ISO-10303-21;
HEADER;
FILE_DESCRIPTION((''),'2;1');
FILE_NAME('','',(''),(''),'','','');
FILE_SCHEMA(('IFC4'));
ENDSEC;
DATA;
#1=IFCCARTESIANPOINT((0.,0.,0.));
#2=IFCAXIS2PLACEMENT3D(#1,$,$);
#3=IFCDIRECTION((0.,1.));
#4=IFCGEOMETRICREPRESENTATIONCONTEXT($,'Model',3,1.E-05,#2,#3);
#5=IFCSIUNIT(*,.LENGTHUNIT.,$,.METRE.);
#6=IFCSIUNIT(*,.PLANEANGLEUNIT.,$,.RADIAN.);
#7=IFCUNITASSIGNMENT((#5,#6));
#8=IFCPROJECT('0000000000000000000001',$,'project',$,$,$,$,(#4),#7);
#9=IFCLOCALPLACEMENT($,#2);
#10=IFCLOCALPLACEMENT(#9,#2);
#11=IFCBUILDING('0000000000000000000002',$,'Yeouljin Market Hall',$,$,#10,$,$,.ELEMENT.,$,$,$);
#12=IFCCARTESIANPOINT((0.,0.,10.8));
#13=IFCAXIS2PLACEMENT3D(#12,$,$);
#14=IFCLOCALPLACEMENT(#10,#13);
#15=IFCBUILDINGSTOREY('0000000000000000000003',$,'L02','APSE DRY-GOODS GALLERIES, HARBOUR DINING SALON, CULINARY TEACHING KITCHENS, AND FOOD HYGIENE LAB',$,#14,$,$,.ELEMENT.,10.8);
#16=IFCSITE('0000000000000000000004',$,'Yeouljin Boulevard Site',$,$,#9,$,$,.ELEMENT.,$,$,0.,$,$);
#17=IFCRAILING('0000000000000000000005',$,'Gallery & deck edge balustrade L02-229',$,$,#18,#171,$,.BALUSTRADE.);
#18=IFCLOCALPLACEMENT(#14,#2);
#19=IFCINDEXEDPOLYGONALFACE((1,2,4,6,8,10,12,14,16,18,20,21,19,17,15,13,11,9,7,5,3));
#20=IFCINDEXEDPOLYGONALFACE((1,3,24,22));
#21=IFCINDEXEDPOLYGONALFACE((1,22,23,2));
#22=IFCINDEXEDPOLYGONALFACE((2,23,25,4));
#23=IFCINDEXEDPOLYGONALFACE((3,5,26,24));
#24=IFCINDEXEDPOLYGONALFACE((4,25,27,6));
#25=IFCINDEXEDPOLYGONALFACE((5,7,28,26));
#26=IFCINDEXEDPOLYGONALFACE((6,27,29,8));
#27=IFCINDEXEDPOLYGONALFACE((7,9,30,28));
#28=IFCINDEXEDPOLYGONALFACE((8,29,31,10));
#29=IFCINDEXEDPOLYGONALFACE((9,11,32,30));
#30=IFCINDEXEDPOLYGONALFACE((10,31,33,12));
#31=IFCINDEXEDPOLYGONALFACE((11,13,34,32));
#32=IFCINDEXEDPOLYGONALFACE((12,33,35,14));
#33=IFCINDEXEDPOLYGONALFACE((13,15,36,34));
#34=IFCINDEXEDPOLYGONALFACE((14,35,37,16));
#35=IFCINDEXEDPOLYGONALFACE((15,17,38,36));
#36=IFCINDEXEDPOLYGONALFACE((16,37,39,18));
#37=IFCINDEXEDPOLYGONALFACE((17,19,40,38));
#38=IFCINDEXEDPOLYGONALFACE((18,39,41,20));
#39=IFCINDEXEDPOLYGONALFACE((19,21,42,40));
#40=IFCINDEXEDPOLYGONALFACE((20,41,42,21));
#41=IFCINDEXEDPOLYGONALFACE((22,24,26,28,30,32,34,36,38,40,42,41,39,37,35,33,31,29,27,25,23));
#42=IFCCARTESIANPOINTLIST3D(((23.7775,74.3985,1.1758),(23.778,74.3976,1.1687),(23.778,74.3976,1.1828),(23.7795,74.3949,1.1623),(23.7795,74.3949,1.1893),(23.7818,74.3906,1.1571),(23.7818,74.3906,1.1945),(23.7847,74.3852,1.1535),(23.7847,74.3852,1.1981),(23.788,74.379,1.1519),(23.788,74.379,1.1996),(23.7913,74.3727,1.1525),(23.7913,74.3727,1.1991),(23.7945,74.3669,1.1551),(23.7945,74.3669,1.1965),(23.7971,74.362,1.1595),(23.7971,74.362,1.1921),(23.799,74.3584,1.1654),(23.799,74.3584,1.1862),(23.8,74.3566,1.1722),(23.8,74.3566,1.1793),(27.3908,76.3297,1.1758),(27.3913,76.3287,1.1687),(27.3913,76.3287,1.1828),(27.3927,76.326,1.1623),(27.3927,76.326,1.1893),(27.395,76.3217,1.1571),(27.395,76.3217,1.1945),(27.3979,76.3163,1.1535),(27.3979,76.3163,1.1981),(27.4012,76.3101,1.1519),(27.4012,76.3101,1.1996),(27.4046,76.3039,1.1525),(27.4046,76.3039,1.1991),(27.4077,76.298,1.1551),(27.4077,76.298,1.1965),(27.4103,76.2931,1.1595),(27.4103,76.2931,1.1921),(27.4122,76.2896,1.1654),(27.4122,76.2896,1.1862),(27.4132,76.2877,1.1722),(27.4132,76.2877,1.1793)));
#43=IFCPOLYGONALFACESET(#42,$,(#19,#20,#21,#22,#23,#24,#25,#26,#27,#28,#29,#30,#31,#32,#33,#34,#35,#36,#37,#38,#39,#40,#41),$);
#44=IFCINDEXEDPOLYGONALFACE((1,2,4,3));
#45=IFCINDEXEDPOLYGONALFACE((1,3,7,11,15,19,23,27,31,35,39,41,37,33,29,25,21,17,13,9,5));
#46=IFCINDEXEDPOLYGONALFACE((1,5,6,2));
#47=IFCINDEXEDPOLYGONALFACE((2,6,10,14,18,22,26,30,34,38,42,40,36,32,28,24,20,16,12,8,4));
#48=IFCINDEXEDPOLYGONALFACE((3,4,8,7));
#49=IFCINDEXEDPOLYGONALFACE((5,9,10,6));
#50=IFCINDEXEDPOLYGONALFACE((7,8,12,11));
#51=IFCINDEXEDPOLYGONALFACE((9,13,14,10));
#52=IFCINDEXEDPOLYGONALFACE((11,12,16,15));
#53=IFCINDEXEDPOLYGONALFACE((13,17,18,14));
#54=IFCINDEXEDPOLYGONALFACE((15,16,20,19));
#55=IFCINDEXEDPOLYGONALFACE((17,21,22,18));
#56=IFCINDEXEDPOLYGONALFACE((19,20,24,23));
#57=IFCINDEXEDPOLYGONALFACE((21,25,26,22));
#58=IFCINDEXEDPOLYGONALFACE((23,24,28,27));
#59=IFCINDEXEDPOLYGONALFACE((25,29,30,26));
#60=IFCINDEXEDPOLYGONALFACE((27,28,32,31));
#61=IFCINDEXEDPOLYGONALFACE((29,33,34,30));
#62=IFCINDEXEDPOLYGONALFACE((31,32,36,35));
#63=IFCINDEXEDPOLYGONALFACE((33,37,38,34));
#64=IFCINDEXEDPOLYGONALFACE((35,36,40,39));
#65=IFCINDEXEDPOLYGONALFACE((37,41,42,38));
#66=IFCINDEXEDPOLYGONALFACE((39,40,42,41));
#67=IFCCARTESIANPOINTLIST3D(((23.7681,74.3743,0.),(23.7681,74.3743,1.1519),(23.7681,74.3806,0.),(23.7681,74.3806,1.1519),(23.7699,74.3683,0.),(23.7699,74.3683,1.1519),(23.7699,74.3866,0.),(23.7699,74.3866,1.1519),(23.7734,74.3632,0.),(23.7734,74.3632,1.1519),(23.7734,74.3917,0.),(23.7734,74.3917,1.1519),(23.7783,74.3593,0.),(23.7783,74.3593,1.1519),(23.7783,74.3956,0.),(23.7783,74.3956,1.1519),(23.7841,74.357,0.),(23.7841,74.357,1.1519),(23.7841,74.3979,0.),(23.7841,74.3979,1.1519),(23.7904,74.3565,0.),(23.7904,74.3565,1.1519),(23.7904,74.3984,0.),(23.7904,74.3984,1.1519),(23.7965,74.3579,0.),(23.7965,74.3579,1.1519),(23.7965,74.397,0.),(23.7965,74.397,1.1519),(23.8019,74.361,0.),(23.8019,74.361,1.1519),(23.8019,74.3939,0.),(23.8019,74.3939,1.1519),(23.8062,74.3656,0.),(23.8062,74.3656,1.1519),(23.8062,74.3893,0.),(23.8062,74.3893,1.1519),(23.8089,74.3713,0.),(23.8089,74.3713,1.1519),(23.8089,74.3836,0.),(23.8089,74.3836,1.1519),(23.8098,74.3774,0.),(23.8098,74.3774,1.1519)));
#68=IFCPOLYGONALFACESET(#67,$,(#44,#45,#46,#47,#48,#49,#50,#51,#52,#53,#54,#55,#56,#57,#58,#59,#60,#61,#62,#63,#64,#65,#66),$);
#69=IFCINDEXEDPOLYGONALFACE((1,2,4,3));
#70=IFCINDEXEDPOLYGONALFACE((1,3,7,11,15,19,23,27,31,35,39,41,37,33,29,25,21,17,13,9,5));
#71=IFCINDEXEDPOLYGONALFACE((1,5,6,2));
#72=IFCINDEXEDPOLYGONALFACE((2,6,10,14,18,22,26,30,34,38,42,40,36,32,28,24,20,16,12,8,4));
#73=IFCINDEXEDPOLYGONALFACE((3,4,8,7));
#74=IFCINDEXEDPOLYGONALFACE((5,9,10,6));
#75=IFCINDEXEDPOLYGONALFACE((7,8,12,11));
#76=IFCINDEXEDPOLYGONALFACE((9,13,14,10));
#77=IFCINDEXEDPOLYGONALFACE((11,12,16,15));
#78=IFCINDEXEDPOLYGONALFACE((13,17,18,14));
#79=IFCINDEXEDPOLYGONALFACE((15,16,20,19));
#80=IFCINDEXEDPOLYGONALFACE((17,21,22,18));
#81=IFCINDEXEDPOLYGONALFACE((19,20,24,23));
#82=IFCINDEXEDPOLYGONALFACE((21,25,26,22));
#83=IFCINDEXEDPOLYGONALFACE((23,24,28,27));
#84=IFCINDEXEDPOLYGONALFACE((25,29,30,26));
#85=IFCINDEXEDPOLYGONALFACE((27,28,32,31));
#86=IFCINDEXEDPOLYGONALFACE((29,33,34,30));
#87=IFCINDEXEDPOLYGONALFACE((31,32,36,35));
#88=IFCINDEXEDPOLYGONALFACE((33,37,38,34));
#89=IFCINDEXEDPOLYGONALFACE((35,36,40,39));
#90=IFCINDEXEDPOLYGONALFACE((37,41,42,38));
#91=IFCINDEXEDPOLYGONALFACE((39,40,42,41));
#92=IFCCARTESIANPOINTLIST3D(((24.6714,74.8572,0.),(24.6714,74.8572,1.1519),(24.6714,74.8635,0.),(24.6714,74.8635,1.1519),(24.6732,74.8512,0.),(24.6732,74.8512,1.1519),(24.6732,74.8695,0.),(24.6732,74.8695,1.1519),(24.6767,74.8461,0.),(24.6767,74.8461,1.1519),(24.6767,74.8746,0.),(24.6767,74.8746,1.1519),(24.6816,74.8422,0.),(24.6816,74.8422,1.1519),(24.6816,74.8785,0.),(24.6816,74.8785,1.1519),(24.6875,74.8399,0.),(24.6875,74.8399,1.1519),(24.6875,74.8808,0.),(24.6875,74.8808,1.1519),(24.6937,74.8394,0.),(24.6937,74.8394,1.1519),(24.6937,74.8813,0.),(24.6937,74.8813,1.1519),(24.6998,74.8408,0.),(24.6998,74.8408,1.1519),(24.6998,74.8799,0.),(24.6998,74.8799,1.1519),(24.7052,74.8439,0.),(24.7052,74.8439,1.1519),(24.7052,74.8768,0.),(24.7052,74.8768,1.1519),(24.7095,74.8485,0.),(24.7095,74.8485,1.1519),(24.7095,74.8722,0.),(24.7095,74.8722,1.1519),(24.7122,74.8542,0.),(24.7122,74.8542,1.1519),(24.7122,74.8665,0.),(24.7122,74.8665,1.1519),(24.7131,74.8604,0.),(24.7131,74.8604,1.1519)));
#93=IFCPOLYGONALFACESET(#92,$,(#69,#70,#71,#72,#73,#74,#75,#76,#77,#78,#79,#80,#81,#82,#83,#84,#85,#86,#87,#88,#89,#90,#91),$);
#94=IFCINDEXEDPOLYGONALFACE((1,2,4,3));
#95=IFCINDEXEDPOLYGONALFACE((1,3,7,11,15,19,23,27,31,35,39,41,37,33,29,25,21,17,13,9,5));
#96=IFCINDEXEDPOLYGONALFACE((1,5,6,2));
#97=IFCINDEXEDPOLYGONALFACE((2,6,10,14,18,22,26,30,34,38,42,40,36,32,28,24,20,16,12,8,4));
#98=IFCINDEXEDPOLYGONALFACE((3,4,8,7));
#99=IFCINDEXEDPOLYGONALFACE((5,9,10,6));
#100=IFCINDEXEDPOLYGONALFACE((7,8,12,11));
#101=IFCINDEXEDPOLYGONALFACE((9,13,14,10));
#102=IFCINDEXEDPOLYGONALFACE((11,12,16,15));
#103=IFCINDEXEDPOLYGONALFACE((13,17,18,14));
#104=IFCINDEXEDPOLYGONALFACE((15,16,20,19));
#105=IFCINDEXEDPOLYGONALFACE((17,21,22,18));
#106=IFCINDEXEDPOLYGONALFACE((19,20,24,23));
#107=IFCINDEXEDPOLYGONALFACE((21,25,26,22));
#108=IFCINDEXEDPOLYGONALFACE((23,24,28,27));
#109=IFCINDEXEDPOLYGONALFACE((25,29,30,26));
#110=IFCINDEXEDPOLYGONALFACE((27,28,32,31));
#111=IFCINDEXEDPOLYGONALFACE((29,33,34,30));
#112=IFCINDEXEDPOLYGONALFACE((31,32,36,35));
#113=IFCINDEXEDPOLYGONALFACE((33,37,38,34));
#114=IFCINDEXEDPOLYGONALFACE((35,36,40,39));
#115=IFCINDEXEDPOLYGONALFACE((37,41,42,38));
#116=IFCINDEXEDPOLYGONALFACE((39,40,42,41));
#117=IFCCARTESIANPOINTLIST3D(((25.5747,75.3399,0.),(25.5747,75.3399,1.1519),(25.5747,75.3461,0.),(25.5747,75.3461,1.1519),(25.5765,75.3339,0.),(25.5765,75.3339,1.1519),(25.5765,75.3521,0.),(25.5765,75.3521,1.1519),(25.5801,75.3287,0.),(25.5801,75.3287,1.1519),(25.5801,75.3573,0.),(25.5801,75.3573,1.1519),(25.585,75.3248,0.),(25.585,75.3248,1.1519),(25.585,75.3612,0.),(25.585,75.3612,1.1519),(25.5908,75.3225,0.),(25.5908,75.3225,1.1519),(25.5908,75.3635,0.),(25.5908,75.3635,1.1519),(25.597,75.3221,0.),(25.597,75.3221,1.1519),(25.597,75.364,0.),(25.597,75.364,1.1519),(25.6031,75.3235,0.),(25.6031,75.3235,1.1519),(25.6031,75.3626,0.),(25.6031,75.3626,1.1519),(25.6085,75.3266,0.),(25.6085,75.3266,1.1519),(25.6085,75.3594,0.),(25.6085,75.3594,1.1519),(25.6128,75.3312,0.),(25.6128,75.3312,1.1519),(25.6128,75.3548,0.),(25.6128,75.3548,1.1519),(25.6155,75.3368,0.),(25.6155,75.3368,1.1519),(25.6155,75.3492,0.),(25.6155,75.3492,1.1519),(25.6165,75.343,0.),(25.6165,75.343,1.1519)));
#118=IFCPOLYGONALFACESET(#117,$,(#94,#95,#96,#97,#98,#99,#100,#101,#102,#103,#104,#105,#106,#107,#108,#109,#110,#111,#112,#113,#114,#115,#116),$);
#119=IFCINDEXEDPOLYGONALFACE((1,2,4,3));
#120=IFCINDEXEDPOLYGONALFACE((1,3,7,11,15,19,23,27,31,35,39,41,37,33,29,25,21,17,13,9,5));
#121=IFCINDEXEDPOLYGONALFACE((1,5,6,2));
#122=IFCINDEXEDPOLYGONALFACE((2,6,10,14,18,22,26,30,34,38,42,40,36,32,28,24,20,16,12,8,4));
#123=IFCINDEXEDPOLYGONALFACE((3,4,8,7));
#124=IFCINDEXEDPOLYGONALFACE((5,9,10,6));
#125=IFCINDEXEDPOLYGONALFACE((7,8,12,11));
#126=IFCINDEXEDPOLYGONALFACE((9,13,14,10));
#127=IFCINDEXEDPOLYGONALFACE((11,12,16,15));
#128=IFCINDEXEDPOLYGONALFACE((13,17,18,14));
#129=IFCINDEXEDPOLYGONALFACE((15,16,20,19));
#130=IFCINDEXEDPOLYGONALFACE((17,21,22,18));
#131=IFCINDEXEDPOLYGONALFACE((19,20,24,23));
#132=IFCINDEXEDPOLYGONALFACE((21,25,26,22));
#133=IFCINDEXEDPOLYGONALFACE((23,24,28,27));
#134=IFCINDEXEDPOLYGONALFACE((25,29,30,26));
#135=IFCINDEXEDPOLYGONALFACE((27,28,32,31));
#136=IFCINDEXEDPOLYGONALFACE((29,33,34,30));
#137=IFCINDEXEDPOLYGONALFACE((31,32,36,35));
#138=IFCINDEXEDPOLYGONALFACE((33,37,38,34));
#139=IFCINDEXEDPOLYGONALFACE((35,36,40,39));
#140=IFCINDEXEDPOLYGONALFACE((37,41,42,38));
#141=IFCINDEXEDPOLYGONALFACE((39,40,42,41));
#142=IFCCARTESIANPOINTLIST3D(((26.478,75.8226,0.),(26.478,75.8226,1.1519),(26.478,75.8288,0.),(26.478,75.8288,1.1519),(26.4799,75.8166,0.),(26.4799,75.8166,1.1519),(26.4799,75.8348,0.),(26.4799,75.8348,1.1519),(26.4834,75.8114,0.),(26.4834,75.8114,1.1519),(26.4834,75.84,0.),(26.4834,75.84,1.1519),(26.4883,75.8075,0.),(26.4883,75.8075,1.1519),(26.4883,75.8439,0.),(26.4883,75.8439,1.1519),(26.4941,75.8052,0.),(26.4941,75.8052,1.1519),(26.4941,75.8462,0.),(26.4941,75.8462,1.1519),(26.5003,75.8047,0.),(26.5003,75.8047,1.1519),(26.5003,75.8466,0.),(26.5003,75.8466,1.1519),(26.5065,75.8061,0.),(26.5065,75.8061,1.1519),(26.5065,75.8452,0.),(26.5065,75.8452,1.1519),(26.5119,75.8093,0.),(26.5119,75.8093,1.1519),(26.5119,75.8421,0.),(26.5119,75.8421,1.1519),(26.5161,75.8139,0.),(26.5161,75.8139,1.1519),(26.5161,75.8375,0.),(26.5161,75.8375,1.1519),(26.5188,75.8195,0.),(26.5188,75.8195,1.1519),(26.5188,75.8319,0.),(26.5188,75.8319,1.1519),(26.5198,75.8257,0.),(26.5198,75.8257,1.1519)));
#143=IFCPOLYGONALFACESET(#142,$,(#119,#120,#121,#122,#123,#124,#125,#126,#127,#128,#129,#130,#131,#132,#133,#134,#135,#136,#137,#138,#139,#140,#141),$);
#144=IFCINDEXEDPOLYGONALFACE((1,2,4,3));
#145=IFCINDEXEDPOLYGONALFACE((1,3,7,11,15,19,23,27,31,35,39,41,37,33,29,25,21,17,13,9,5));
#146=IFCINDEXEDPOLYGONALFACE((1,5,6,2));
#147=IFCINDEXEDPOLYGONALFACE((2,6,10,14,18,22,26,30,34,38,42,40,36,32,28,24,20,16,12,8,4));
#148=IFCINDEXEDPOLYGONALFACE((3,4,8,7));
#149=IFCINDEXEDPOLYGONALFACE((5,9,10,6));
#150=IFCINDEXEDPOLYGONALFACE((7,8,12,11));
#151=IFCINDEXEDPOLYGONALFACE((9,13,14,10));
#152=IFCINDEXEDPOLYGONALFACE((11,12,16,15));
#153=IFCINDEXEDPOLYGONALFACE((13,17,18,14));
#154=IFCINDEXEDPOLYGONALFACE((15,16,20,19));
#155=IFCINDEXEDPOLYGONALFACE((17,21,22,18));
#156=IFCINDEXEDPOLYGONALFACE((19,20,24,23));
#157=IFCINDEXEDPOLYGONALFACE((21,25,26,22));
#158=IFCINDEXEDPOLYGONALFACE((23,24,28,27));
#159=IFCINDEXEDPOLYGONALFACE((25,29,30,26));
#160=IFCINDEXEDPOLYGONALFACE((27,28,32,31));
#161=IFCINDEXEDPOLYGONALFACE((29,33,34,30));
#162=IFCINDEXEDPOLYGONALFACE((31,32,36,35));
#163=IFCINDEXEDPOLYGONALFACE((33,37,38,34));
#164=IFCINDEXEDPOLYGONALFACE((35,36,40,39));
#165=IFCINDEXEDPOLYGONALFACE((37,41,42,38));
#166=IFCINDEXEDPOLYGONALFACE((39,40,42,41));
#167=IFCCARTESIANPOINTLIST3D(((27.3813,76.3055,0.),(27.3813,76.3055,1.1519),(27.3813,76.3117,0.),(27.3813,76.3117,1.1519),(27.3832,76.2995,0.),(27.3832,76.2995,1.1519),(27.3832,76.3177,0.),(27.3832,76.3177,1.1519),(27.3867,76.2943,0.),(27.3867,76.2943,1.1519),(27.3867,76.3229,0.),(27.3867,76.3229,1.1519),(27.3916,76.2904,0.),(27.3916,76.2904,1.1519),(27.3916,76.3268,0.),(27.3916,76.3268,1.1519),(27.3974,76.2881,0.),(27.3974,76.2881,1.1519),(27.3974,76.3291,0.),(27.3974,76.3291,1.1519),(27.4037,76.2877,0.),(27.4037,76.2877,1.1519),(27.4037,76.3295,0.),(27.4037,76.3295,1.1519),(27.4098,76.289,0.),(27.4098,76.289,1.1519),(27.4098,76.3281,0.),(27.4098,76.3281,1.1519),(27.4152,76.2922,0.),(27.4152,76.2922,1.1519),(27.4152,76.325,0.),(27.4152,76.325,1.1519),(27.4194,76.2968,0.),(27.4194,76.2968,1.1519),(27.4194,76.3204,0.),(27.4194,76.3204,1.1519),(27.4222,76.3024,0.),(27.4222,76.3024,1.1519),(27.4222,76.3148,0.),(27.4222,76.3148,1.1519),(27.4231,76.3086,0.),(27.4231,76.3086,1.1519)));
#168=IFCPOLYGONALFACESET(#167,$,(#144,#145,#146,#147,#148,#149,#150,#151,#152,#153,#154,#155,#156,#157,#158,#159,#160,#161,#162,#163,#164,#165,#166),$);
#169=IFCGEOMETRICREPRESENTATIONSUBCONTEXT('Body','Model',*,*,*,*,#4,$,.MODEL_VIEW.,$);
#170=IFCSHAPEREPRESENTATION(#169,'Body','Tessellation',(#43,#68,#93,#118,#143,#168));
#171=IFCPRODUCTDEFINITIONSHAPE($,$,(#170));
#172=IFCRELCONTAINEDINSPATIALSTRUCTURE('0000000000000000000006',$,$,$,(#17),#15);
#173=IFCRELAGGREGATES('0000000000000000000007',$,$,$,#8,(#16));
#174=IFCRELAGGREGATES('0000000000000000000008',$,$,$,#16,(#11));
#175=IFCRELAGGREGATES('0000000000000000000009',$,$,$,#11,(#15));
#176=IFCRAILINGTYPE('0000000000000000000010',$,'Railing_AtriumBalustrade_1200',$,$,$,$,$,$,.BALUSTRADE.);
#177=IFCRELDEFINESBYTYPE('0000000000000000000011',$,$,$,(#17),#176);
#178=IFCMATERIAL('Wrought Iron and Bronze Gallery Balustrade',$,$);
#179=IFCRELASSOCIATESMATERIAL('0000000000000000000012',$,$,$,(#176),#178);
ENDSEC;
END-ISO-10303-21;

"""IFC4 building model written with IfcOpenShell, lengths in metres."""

from ifc_helpers import new_model, si_unit, direction, frame, origin, origin_2d, place, context, subcontext, project, spatial, circle, extrude, material, type_object, element, save


model = new_model("IFC4")

# Units and contexts
model_context = context("Model", 3, precision=1e-05, world=origin(), true_north=direction((0.0, 1.0)))
body_context = subcontext(model_context, "Body", "Model", "MODEL_VIEW")
ifc_project = project(units=[si_unit("LENGTHUNIT", "METRE"), si_unit("PLANEANGLEUNIT", "RADIAN")], contexts=[model_context])

# Site, building, storey
site_placement = place(None, origin())
site = spatial("IfcSite", under=ifc_project, at=site_placement, Name="Yeouljin Boulevard Site", CompositionType="ELEMENT", RefElevation=0.0)
building_placement = place(site_placement, origin())
building = spatial("IfcBuilding", under=site, at=building_placement, Name="Yeouljin Market Hall", CompositionType="ELEMENT")
storey_placement = place(building_placement, frame((0.0, 0.0, 10.8)))
storey = spatial("IfcBuildingStorey", under=building, at=storey_placement, Name="L02", Description="APSE DRY-GOODS GALLERIES, HARBOUR DINING SALON, CULINARY TEACHING KITCHENS, AND FOOD HYGIENE LAB", CompositionType="ELEMENT", Elevation=10.8)

# Railing
ifc_material_1 = material(Name="Wrought Iron and Bronze Gallery Balustrade")
railing_type_1 = type_object("IfcRailingType", Name="Railing_AtriumBalustrade_1200", PredefinedType="BALUSTRADE", material=ifc_material_1)
railing_1_placement = place(storey_placement, frame((23.7888, 74.3774, 0.0)))
element("IfcRailing", 1, at=railing_1_placement, inside=storey, type_object=railing_type_1, Name="Gallery & deck edge balustrade L02-229", PredefinedType="BALUSTRADE", context=body_context, shape_type="SweptSolid", body=[
    extrude(circle(Radius=0.0239, at=origin_2d()), frame((0.0, 0.0, 1.1758), z_axis=(0.88194, 0.471361, 0.0), x_axis=(-0.471361, 0.88194, 0.0)), (0.0, 0.0, 1.0), 4.0969),
    extrude(circle(Radius=0.021, at=origin_2d()), origin(), (0.0, 0.0, 1.0), 1.1519),
    extrude(circle(Radius=0.021, at=origin_2d()), frame((0.9033, 0.4829, 0.0)), (0.0, 0.0, 1.0), 1.1519),
    extrude(circle(Radius=0.021, at=origin_2d()), frame((1.8066, 0.9656, 0.0)), (0.0, 0.0, 1.0), 1.1519),
    extrude(circle(Radius=0.021, at=origin_2d()), frame((2.71, 1.4482, 0.0)), (0.0, 0.0, 1.0), 1.1519),
    extrude(circle(Radius=0.021, at=origin_2d()), frame((3.6133, 1.9312, 0.0)), (0.0, 0.0, 1.0), 1.1519),
])

save(model, "model.ifc")
